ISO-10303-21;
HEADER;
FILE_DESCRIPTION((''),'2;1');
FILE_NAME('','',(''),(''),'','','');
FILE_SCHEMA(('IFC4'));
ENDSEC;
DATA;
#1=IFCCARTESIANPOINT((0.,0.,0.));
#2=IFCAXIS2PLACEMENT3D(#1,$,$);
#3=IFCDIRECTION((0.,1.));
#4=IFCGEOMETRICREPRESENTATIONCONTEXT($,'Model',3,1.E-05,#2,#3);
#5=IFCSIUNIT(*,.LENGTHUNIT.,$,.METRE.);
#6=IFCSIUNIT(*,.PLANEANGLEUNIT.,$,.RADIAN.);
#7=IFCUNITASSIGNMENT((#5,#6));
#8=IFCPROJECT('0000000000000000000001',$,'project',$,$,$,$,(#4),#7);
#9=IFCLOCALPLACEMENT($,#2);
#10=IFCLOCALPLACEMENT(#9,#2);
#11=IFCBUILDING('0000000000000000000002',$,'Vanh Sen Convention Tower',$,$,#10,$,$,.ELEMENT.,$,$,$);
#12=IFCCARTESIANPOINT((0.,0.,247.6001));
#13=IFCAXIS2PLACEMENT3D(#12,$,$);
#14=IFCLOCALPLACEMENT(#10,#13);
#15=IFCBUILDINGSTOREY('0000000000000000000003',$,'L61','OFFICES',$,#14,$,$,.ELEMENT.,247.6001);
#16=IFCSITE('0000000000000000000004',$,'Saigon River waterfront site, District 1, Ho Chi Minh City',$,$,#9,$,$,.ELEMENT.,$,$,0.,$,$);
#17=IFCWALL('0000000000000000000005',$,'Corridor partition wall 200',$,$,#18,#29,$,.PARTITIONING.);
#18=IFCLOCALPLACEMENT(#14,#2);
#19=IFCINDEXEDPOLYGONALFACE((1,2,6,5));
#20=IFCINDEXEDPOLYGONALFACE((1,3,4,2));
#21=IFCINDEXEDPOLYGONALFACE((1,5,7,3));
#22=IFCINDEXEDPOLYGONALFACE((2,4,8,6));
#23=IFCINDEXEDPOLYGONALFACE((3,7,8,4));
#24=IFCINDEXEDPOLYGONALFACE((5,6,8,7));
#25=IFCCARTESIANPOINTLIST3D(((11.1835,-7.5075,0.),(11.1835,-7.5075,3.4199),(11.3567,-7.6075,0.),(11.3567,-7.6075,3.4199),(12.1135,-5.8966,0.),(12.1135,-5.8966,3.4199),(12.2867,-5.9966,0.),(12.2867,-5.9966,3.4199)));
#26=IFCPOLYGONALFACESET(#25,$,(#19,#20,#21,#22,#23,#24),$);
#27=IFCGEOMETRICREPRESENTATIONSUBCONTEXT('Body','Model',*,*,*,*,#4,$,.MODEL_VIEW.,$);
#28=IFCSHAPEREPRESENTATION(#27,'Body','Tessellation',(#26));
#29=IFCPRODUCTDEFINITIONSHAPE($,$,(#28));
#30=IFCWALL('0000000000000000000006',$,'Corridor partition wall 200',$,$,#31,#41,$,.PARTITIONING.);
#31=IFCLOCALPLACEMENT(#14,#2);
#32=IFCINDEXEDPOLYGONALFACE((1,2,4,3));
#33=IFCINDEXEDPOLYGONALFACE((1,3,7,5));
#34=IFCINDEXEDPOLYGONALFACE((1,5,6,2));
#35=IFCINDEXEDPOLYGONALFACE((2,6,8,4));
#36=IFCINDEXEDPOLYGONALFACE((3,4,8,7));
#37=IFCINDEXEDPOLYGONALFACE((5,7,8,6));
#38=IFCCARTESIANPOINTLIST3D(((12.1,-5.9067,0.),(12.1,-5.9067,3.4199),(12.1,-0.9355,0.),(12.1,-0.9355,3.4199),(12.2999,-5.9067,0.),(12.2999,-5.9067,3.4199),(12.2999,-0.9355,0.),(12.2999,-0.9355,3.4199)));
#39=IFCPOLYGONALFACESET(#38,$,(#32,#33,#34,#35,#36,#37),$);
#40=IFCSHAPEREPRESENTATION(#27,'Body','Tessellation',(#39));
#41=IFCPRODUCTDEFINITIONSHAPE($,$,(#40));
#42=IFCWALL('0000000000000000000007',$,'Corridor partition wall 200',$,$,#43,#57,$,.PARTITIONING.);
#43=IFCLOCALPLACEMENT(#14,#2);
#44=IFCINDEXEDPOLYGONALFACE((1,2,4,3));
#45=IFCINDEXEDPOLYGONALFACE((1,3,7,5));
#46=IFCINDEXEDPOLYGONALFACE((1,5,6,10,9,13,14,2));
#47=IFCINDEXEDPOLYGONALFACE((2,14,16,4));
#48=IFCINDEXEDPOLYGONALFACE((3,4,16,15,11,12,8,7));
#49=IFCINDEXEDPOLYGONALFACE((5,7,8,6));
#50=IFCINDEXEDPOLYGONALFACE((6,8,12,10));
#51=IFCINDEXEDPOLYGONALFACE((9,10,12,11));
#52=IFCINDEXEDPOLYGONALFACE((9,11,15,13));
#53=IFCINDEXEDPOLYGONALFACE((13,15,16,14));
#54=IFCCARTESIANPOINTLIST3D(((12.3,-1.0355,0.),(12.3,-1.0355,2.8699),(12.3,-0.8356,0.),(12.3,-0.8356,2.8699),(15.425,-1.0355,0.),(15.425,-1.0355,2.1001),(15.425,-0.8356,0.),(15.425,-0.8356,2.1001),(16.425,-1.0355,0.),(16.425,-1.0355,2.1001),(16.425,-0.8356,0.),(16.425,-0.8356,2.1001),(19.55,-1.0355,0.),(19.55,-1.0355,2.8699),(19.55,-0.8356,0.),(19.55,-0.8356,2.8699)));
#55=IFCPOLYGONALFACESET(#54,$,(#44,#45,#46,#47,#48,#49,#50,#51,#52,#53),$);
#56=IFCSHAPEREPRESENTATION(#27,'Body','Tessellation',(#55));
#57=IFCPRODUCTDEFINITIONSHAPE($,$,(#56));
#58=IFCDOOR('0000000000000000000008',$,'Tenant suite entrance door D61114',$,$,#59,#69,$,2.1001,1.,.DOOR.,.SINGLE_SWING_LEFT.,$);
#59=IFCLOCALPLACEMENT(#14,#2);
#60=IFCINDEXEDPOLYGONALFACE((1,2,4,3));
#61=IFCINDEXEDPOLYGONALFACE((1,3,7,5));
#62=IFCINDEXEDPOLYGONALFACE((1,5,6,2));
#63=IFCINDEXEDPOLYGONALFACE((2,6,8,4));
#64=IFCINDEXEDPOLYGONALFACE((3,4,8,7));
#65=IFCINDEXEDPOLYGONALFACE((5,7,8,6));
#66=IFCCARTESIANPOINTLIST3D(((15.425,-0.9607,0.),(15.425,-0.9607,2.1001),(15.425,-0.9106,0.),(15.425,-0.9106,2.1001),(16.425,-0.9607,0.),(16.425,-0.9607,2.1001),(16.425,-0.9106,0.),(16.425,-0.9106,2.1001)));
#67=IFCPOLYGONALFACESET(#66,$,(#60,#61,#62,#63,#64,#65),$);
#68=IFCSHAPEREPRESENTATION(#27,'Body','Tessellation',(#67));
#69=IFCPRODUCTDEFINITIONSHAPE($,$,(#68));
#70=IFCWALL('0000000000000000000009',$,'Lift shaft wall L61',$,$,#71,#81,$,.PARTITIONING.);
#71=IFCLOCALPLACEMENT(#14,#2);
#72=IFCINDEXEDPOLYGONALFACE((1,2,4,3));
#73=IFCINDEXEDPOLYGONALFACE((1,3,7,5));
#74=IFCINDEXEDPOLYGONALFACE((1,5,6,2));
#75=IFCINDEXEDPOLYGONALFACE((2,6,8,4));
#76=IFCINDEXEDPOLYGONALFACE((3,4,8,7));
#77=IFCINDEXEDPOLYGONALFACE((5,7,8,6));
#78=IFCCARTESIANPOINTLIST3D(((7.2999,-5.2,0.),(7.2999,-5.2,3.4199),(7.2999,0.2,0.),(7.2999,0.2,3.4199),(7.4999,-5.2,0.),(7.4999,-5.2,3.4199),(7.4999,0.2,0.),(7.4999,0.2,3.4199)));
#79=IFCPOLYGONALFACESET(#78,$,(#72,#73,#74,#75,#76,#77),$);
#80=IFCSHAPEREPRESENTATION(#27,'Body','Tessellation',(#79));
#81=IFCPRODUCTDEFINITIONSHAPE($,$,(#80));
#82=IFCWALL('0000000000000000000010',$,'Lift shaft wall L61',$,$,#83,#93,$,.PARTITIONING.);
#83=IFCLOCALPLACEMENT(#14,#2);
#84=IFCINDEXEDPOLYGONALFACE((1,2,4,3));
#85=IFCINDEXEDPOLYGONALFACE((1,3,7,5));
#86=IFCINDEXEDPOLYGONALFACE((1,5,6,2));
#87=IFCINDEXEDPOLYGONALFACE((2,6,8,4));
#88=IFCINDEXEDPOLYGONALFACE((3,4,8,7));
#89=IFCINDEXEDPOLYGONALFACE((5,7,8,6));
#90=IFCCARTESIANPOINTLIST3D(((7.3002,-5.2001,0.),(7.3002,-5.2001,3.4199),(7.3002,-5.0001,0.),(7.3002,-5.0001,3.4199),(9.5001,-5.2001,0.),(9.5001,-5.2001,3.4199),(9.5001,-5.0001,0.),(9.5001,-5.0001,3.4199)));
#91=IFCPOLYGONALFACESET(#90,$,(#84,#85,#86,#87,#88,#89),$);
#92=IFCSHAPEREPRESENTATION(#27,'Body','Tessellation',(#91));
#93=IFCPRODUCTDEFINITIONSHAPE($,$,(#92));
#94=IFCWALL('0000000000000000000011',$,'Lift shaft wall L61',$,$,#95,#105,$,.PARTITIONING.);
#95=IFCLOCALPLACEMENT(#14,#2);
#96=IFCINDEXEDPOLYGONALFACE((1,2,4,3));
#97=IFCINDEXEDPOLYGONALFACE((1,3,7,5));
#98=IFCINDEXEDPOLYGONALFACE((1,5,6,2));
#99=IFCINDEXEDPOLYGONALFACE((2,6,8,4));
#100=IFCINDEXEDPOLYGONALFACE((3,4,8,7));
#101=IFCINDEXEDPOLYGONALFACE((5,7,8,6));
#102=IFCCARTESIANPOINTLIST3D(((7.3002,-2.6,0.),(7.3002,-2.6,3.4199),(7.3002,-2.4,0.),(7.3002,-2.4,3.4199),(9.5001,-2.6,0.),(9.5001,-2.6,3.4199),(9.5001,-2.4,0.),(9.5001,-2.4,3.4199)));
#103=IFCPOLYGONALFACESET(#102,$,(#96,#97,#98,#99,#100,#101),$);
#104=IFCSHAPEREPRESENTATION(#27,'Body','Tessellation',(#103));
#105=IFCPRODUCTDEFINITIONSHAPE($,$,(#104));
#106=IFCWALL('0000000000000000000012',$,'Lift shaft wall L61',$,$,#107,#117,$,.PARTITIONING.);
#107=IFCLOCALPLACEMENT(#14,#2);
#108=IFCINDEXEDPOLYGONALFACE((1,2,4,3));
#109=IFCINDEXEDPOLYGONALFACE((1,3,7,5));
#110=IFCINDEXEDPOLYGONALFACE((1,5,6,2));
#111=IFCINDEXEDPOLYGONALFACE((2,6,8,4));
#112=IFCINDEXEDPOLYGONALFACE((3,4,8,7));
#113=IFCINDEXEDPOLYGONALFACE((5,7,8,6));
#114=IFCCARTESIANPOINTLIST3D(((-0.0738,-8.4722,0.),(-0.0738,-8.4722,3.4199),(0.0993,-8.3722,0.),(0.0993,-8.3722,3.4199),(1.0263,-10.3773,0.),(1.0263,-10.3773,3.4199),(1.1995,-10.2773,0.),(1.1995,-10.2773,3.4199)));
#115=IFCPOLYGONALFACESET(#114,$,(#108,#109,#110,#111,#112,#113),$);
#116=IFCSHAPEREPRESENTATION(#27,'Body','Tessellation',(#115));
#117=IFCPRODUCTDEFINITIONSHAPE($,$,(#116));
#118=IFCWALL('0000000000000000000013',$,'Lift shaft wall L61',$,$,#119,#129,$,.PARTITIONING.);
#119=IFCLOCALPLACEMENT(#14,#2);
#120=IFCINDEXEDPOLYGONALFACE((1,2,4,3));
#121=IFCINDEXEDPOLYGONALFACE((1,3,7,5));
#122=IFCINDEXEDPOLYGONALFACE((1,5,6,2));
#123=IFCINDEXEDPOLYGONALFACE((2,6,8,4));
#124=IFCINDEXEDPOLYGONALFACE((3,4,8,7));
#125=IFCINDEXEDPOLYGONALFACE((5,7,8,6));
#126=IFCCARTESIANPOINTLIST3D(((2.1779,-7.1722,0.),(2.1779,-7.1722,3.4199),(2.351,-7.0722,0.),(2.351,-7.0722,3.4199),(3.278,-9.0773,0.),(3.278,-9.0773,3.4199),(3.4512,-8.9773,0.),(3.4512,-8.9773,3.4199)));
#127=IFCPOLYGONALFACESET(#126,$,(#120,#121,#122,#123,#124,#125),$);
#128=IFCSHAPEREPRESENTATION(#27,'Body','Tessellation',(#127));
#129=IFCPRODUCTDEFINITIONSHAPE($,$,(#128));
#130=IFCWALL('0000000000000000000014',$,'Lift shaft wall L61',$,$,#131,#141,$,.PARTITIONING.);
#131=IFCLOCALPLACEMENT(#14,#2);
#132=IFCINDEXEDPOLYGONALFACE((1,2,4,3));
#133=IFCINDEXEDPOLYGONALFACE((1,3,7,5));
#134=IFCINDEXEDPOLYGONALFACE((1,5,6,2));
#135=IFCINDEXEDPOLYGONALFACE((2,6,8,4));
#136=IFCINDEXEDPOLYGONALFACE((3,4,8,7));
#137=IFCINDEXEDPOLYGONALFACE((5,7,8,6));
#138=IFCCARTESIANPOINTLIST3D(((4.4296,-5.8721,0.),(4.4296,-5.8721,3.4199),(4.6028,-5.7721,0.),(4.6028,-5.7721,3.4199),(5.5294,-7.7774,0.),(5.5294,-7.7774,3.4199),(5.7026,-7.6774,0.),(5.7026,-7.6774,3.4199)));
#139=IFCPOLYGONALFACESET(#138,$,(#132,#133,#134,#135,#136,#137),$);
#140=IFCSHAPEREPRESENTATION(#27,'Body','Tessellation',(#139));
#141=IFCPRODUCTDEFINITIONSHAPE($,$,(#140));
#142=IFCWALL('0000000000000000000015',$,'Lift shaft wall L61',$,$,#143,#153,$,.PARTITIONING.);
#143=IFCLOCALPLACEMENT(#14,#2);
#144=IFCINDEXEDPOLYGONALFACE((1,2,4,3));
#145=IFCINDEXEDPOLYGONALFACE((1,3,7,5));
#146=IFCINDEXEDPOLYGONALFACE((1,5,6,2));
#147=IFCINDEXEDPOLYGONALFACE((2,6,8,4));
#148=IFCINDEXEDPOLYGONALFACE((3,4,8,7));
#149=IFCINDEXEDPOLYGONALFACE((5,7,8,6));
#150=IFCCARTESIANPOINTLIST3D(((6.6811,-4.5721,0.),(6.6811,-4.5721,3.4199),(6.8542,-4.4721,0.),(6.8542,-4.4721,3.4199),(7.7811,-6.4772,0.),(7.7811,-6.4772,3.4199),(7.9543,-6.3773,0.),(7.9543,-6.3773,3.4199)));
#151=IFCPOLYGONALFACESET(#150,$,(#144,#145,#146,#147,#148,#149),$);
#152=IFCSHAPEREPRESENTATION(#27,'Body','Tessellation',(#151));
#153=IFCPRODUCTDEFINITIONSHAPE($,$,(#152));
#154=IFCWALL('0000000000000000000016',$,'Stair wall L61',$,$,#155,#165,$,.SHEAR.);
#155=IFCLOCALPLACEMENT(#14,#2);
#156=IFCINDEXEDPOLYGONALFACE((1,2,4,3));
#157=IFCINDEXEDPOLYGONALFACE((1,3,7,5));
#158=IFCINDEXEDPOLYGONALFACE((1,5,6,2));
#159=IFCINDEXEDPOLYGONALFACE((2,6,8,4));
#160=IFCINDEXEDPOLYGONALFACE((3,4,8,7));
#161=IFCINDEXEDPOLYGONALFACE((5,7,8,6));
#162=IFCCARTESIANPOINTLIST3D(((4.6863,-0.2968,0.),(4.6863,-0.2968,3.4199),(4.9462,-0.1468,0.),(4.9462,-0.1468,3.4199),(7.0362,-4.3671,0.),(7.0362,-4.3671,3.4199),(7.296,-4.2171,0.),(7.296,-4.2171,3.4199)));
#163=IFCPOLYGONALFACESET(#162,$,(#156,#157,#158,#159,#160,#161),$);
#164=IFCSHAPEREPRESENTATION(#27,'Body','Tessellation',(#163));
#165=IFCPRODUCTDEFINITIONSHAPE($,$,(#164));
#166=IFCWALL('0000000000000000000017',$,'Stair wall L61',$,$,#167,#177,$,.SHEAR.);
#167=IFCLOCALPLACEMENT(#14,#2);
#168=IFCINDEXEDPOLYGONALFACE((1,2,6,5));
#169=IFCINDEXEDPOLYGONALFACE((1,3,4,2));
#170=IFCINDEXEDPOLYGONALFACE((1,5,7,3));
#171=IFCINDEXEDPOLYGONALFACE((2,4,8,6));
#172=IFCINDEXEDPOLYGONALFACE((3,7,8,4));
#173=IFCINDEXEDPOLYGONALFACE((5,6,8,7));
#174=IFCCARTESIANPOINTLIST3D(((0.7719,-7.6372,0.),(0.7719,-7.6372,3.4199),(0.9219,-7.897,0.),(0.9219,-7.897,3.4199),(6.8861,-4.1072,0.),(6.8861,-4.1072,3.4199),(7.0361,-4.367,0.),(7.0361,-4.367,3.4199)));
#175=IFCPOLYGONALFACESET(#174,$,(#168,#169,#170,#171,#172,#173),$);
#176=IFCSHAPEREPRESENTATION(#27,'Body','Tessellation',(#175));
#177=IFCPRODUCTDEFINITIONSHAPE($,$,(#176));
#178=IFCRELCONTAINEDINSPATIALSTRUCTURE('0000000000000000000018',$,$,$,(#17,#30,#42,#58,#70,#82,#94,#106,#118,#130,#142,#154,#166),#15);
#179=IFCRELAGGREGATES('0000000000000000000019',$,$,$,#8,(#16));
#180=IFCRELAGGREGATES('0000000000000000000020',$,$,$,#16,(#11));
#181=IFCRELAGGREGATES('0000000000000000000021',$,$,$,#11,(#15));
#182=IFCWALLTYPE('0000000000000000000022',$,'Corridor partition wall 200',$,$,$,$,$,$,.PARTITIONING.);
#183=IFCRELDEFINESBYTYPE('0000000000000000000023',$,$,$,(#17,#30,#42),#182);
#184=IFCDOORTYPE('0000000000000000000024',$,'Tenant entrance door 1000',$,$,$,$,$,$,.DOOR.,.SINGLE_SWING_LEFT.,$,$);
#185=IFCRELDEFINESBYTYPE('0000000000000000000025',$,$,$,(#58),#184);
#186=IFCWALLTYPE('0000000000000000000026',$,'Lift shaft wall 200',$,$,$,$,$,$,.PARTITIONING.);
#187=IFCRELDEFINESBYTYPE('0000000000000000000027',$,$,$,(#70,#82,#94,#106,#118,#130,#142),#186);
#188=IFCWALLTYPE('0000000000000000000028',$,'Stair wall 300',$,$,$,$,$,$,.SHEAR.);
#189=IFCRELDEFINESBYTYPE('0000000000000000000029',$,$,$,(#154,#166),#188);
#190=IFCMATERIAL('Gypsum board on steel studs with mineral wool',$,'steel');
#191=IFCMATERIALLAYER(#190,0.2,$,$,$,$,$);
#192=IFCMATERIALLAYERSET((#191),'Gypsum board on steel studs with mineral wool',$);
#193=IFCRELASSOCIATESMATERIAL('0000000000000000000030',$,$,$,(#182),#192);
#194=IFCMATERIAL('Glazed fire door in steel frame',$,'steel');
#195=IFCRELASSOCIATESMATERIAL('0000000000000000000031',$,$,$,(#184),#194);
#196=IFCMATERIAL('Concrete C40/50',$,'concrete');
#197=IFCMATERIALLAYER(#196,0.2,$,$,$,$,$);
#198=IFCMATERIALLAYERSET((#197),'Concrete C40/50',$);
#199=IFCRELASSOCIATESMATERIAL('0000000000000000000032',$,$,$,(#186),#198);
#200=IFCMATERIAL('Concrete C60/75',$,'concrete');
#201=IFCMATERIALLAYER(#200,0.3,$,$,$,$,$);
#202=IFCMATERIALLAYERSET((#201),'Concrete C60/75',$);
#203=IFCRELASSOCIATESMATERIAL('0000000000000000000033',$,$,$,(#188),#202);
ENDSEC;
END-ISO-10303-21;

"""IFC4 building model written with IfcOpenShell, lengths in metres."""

from ifc_helpers import new_model, si_unit, direction, frame, frame_2d, origin, place, context, subcontext, project, spatial, rectangle, extrude, material, layer, layer_set, type_object, element, fill, save


model = new_model("IFC4")

# Units and contexts
model_context = context("Model", 3, precision=1e-05, world=origin(), true_north=direction((0.0, 1.0)))
body_context = subcontext(model_context, "Body", "Model", "MODEL_VIEW")
ifc_project = project(units=[si_unit("LENGTHUNIT", "METRE"), si_unit("PLANEANGLEUNIT", "RADIAN")], contexts=[model_context])

# Site, building, storey
site_placement = place(None, origin())
site = spatial("IfcSite", under=ifc_project, at=site_placement, Name="Saigon River waterfront site, District 1, Ho Chi Minh City", CompositionType="ELEMENT", RefElevation=0.0)
building_placement = place(site_placement, origin())
building = spatial("IfcBuilding", under=site, at=building_placement, Name="Vanh Sen Convention Tower", CompositionType="ELEMENT")
storey_placement = place(building_placement, frame((0.0, 0.0, 247.6001)))
storey = spatial("IfcBuildingStorey", under=building, at=storey_placement, Name="L61", Description="OFFICES", CompositionType="ELEMENT", Elevation=247.6001)

# Shared definitions
ifc_material_1 = material(Name="Concrete C40/50", Category="concrete")

# Shared definitions
ifc_material_2 = material(Name="Concrete C60/75", Category="concrete")

# Walls
ifc_material_3 = material(Name="Gypsum board on steel studs with mineral wool", Category="steel")
ifc_layer_1 = layer(ifc_material_3, 0.2)
ifc_layer_set_1 = layer_set([ifc_layer_1], Name="Gypsum board on steel studs with mineral wool")
wall_type_1 = type_object("IfcWallType", Name="Corridor partition wall 200", PredefinedType="PARTITIONING", material=ifc_layer_set_1)
wall_1_placement = place(storey_placement, frame((11.27, -7.5576, 0.0), z_axis=(0.0, 0.0, 1.0), x_axis=(0.499965, 0.866046, 0.0)))
element("IfcWall", 1, at=wall_1_placement, inside=storey, type_object=wall_type_1, Name="Corridor partition wall 200", PredefinedType="PARTITIONING", context=body_context, shape_type="SweptSolid", body=[
    extrude(rectangle(XDim=1.8601, YDim=0.2, at=frame_2d((0.9302, 0.0))), origin(), (0.0, 0.0, 1.0), 3.4199),
])
wall_2_placement = place(storey_placement, frame((12.2, -5.9067, 0.0), z_axis=(0.0, 0.0, 1.0), x_axis=(0.0, 1.0, 0.0)))
element("IfcWall", 2, at=wall_2_placement, inside=storey, type_object=wall_type_1, Name="Corridor partition wall 200", PredefinedType="PARTITIONING", context=body_context, shape_type="SweptSolid", body=[
    extrude(rectangle(XDim=4.9712, YDim=0.2, at=frame_2d((2.4856, 0.0))), origin(), (0.0, 0.0, 1.0), 3.4199),
])

# Wall, opening, door
wall_3_placement = place(storey_placement, frame((12.3, -0.9355, 0.0), z_axis=(0.0, 0.0, 1.0), x_axis=(1.0, 0.0, 0.0)))
wall_3 = element("IfcWall", 3, at=wall_3_placement, inside=storey, type_object=wall_type_1, Name="Corridor partition wall 200", PredefinedType="PARTITIONING", context=body_context, shape_type="SweptSolid", body=[
    extrude(rectangle(XDim=7.25, YDim=0.2, at=frame_2d((3.625, 0.0))), origin(), (0.0, 0.0, 1.0), 2.8699),
])
opening_1_placement = place(wall_3_placement, frame((3.125, 0.0, 0.0)))
opening_1 = element("IfcOpeningElement", 4, at=opening_1_placement, cuts=wall_3, PredefinedType="OPENING", context=body_context, shape_type="SweptSolid", body=[
    extrude(rectangle(XDim=1.0, YDim=2.1001, at=frame_2d((0.5, 1.05))), frame((0.0, 0.1099, 0.0), z_axis=(0.0, -1.0, 0.0), x_axis=(1.0, 0.0, 0.0)), (0.0, 0.0, 1.0), 0.22),
])
ifc_material_4 = material(Name="Glazed fire door in steel frame", Category="steel")
door_type_1 = type_object("IfcDoorType", Name="Tenant entrance door 1000", OperationType="SINGLE_SWING_LEFT", PredefinedType="DOOR", material=ifc_material_4)
door_1_placement = place(opening_1_placement, origin())
door_1 = element("IfcDoor", 5, at=door_1_placement, inside=storey, type_object=door_type_1, Name="Tenant suite entrance door D61114", OperationType="SINGLE_SWING_LEFT", OverallHeight=2.1001, OverallWidth=1.0, PredefinedType="DOOR", context=body_context, shape_type="SweptSolid", body=[
    extrude(rectangle(XDim=1.0, YDim=2.1001, at=frame_2d((0.5, 1.05))), frame((0.0, 0.0249, 0.0), z_axis=(0.0, -1.0, 0.0), x_axis=(1.0, 0.0, 0.0)), (0.0, 0.0, 1.0), 0.05),
])
fill(opening_1, door_1)

# Walls
ifc_layer_2 = layer(ifc_material_1, 0.2)
ifc_layer_set_2 = layer_set([ifc_layer_2], Name="Concrete C40/50")
wall_type_2 = type_object("IfcWallType", Name="Lift shaft wall 200", PredefinedType="PARTITIONING", material=ifc_layer_set_2)
wall_4_placement = place(storey_placement, frame((7.3999, -5.2, 0.0), z_axis=(0.0, 0.0, 1.0), x_axis=(0.0, 1.0, 0.0)))
element("IfcWall", 6, at=wall_4_placement, inside=storey, type_object=wall_type_2, Name="Lift shaft wall L61", PredefinedType="PARTITIONING", context=body_context, shape_type="SweptSolid", body=[
    extrude(rectangle(XDim=5.3999, YDim=0.2, at=frame_2d((2.7, 0.0))), origin(), (0.0, 0.0, 1.0), 3.4199),
])
for number, where, z_axis, x_axis, name in (
    (7, (7.3, -5.1001, 0.0), (0.0, 0.0, 1.0), (1.0, 0.0, 0.0), "Lift shaft wall L61"),
    (8, (7.3, -2.5, 0.0), (0.0, 0.0, 1.0), (1.0, 0.0, 0.0), "Lift shaft wall L61"),
    (9, (0.0127, -8.4221, 0.0), (0.0, 0.0, 1.0), (0.500078, -0.86598, 0.0), "Lift shaft wall L61"),
    (10, (2.2644, -7.1221, 0.0), (0.0, 0.0, 1.0), (0.500078, -0.86598, 0.0), "Lift shaft wall L61"),
    (11, (4.5161, -5.822, 0.0), (0.0, 0.0, 1.0), (0.499947, -0.866056, 0.0), "Lift shaft wall L61"),
    (12, (6.7676, -4.522, 0.0), (0.0, 0.0, 1.0), (0.50003, -0.866008, 0.0), "Lift shaft wall L61"),
):
    element("IfcWall", number, at=place(storey_placement, frame(where, z_axis=z_axis, x_axis=x_axis)), inside=storey, type_object=wall_type_2, Name=name, PredefinedType="PARTITIONING", context=body_context, shape_type="SweptSolid", body=[
        extrude(rectangle(XDim=2.2, YDim=0.2, at=frame_2d((1.1001, 0.0))), origin(), (0.0, 0.0, 1.0), 3.4199),
    ])
ifc_layer_3 = layer(ifc_material_2, 0.3)
ifc_layer_set_3 = layer_set([ifc_layer_3], Name="Concrete C60/75")
wall_type_3 = type_object("IfcWallType", Name="Stair wall 300", PredefinedType="SHEAR", material=ifc_layer_set_3)
wall_5_placement = place(storey_placement, frame((4.8162, -0.2217, 0.0), z_axis=(0.0, 0.0, 1.0), x_axis=(0.499977, -0.866039, 0.0)))
element("IfcWall", 13, at=wall_5_placement, inside=storey, type_object=wall_type_3, Name="Stair wall L61", PredefinedType="SHEAR", context=body_context, shape_type="SweptSolid", body=[
    extrude(rectangle(XDim=4.7, YDim=0.3, at=frame_2d((2.3501, 0.0))), origin(), (0.0, 0.0, 1.0), 3.4199),
])
wall_6_placement = place(storey_placement, frame((0.8469, -7.7671, 0.0), z_axis=(0.0, 0.0, 1.0), x_axis=(0.866028, 0.499996, 0.0)))
element("IfcWall", 14, at=wall_6_placement, inside=storey, type_object=wall_type_3, Name="Stair wall L61", PredefinedType="SHEAR", context=body_context, shape_type="SweptSolid", body=[
    extrude(rectangle(XDim=7.0601, YDim=0.3, at=frame_2d((3.53, 0.0))), origin(), (0.0, 0.0, 1.0), 3.4199),
])

save(model, "model.ifc")
